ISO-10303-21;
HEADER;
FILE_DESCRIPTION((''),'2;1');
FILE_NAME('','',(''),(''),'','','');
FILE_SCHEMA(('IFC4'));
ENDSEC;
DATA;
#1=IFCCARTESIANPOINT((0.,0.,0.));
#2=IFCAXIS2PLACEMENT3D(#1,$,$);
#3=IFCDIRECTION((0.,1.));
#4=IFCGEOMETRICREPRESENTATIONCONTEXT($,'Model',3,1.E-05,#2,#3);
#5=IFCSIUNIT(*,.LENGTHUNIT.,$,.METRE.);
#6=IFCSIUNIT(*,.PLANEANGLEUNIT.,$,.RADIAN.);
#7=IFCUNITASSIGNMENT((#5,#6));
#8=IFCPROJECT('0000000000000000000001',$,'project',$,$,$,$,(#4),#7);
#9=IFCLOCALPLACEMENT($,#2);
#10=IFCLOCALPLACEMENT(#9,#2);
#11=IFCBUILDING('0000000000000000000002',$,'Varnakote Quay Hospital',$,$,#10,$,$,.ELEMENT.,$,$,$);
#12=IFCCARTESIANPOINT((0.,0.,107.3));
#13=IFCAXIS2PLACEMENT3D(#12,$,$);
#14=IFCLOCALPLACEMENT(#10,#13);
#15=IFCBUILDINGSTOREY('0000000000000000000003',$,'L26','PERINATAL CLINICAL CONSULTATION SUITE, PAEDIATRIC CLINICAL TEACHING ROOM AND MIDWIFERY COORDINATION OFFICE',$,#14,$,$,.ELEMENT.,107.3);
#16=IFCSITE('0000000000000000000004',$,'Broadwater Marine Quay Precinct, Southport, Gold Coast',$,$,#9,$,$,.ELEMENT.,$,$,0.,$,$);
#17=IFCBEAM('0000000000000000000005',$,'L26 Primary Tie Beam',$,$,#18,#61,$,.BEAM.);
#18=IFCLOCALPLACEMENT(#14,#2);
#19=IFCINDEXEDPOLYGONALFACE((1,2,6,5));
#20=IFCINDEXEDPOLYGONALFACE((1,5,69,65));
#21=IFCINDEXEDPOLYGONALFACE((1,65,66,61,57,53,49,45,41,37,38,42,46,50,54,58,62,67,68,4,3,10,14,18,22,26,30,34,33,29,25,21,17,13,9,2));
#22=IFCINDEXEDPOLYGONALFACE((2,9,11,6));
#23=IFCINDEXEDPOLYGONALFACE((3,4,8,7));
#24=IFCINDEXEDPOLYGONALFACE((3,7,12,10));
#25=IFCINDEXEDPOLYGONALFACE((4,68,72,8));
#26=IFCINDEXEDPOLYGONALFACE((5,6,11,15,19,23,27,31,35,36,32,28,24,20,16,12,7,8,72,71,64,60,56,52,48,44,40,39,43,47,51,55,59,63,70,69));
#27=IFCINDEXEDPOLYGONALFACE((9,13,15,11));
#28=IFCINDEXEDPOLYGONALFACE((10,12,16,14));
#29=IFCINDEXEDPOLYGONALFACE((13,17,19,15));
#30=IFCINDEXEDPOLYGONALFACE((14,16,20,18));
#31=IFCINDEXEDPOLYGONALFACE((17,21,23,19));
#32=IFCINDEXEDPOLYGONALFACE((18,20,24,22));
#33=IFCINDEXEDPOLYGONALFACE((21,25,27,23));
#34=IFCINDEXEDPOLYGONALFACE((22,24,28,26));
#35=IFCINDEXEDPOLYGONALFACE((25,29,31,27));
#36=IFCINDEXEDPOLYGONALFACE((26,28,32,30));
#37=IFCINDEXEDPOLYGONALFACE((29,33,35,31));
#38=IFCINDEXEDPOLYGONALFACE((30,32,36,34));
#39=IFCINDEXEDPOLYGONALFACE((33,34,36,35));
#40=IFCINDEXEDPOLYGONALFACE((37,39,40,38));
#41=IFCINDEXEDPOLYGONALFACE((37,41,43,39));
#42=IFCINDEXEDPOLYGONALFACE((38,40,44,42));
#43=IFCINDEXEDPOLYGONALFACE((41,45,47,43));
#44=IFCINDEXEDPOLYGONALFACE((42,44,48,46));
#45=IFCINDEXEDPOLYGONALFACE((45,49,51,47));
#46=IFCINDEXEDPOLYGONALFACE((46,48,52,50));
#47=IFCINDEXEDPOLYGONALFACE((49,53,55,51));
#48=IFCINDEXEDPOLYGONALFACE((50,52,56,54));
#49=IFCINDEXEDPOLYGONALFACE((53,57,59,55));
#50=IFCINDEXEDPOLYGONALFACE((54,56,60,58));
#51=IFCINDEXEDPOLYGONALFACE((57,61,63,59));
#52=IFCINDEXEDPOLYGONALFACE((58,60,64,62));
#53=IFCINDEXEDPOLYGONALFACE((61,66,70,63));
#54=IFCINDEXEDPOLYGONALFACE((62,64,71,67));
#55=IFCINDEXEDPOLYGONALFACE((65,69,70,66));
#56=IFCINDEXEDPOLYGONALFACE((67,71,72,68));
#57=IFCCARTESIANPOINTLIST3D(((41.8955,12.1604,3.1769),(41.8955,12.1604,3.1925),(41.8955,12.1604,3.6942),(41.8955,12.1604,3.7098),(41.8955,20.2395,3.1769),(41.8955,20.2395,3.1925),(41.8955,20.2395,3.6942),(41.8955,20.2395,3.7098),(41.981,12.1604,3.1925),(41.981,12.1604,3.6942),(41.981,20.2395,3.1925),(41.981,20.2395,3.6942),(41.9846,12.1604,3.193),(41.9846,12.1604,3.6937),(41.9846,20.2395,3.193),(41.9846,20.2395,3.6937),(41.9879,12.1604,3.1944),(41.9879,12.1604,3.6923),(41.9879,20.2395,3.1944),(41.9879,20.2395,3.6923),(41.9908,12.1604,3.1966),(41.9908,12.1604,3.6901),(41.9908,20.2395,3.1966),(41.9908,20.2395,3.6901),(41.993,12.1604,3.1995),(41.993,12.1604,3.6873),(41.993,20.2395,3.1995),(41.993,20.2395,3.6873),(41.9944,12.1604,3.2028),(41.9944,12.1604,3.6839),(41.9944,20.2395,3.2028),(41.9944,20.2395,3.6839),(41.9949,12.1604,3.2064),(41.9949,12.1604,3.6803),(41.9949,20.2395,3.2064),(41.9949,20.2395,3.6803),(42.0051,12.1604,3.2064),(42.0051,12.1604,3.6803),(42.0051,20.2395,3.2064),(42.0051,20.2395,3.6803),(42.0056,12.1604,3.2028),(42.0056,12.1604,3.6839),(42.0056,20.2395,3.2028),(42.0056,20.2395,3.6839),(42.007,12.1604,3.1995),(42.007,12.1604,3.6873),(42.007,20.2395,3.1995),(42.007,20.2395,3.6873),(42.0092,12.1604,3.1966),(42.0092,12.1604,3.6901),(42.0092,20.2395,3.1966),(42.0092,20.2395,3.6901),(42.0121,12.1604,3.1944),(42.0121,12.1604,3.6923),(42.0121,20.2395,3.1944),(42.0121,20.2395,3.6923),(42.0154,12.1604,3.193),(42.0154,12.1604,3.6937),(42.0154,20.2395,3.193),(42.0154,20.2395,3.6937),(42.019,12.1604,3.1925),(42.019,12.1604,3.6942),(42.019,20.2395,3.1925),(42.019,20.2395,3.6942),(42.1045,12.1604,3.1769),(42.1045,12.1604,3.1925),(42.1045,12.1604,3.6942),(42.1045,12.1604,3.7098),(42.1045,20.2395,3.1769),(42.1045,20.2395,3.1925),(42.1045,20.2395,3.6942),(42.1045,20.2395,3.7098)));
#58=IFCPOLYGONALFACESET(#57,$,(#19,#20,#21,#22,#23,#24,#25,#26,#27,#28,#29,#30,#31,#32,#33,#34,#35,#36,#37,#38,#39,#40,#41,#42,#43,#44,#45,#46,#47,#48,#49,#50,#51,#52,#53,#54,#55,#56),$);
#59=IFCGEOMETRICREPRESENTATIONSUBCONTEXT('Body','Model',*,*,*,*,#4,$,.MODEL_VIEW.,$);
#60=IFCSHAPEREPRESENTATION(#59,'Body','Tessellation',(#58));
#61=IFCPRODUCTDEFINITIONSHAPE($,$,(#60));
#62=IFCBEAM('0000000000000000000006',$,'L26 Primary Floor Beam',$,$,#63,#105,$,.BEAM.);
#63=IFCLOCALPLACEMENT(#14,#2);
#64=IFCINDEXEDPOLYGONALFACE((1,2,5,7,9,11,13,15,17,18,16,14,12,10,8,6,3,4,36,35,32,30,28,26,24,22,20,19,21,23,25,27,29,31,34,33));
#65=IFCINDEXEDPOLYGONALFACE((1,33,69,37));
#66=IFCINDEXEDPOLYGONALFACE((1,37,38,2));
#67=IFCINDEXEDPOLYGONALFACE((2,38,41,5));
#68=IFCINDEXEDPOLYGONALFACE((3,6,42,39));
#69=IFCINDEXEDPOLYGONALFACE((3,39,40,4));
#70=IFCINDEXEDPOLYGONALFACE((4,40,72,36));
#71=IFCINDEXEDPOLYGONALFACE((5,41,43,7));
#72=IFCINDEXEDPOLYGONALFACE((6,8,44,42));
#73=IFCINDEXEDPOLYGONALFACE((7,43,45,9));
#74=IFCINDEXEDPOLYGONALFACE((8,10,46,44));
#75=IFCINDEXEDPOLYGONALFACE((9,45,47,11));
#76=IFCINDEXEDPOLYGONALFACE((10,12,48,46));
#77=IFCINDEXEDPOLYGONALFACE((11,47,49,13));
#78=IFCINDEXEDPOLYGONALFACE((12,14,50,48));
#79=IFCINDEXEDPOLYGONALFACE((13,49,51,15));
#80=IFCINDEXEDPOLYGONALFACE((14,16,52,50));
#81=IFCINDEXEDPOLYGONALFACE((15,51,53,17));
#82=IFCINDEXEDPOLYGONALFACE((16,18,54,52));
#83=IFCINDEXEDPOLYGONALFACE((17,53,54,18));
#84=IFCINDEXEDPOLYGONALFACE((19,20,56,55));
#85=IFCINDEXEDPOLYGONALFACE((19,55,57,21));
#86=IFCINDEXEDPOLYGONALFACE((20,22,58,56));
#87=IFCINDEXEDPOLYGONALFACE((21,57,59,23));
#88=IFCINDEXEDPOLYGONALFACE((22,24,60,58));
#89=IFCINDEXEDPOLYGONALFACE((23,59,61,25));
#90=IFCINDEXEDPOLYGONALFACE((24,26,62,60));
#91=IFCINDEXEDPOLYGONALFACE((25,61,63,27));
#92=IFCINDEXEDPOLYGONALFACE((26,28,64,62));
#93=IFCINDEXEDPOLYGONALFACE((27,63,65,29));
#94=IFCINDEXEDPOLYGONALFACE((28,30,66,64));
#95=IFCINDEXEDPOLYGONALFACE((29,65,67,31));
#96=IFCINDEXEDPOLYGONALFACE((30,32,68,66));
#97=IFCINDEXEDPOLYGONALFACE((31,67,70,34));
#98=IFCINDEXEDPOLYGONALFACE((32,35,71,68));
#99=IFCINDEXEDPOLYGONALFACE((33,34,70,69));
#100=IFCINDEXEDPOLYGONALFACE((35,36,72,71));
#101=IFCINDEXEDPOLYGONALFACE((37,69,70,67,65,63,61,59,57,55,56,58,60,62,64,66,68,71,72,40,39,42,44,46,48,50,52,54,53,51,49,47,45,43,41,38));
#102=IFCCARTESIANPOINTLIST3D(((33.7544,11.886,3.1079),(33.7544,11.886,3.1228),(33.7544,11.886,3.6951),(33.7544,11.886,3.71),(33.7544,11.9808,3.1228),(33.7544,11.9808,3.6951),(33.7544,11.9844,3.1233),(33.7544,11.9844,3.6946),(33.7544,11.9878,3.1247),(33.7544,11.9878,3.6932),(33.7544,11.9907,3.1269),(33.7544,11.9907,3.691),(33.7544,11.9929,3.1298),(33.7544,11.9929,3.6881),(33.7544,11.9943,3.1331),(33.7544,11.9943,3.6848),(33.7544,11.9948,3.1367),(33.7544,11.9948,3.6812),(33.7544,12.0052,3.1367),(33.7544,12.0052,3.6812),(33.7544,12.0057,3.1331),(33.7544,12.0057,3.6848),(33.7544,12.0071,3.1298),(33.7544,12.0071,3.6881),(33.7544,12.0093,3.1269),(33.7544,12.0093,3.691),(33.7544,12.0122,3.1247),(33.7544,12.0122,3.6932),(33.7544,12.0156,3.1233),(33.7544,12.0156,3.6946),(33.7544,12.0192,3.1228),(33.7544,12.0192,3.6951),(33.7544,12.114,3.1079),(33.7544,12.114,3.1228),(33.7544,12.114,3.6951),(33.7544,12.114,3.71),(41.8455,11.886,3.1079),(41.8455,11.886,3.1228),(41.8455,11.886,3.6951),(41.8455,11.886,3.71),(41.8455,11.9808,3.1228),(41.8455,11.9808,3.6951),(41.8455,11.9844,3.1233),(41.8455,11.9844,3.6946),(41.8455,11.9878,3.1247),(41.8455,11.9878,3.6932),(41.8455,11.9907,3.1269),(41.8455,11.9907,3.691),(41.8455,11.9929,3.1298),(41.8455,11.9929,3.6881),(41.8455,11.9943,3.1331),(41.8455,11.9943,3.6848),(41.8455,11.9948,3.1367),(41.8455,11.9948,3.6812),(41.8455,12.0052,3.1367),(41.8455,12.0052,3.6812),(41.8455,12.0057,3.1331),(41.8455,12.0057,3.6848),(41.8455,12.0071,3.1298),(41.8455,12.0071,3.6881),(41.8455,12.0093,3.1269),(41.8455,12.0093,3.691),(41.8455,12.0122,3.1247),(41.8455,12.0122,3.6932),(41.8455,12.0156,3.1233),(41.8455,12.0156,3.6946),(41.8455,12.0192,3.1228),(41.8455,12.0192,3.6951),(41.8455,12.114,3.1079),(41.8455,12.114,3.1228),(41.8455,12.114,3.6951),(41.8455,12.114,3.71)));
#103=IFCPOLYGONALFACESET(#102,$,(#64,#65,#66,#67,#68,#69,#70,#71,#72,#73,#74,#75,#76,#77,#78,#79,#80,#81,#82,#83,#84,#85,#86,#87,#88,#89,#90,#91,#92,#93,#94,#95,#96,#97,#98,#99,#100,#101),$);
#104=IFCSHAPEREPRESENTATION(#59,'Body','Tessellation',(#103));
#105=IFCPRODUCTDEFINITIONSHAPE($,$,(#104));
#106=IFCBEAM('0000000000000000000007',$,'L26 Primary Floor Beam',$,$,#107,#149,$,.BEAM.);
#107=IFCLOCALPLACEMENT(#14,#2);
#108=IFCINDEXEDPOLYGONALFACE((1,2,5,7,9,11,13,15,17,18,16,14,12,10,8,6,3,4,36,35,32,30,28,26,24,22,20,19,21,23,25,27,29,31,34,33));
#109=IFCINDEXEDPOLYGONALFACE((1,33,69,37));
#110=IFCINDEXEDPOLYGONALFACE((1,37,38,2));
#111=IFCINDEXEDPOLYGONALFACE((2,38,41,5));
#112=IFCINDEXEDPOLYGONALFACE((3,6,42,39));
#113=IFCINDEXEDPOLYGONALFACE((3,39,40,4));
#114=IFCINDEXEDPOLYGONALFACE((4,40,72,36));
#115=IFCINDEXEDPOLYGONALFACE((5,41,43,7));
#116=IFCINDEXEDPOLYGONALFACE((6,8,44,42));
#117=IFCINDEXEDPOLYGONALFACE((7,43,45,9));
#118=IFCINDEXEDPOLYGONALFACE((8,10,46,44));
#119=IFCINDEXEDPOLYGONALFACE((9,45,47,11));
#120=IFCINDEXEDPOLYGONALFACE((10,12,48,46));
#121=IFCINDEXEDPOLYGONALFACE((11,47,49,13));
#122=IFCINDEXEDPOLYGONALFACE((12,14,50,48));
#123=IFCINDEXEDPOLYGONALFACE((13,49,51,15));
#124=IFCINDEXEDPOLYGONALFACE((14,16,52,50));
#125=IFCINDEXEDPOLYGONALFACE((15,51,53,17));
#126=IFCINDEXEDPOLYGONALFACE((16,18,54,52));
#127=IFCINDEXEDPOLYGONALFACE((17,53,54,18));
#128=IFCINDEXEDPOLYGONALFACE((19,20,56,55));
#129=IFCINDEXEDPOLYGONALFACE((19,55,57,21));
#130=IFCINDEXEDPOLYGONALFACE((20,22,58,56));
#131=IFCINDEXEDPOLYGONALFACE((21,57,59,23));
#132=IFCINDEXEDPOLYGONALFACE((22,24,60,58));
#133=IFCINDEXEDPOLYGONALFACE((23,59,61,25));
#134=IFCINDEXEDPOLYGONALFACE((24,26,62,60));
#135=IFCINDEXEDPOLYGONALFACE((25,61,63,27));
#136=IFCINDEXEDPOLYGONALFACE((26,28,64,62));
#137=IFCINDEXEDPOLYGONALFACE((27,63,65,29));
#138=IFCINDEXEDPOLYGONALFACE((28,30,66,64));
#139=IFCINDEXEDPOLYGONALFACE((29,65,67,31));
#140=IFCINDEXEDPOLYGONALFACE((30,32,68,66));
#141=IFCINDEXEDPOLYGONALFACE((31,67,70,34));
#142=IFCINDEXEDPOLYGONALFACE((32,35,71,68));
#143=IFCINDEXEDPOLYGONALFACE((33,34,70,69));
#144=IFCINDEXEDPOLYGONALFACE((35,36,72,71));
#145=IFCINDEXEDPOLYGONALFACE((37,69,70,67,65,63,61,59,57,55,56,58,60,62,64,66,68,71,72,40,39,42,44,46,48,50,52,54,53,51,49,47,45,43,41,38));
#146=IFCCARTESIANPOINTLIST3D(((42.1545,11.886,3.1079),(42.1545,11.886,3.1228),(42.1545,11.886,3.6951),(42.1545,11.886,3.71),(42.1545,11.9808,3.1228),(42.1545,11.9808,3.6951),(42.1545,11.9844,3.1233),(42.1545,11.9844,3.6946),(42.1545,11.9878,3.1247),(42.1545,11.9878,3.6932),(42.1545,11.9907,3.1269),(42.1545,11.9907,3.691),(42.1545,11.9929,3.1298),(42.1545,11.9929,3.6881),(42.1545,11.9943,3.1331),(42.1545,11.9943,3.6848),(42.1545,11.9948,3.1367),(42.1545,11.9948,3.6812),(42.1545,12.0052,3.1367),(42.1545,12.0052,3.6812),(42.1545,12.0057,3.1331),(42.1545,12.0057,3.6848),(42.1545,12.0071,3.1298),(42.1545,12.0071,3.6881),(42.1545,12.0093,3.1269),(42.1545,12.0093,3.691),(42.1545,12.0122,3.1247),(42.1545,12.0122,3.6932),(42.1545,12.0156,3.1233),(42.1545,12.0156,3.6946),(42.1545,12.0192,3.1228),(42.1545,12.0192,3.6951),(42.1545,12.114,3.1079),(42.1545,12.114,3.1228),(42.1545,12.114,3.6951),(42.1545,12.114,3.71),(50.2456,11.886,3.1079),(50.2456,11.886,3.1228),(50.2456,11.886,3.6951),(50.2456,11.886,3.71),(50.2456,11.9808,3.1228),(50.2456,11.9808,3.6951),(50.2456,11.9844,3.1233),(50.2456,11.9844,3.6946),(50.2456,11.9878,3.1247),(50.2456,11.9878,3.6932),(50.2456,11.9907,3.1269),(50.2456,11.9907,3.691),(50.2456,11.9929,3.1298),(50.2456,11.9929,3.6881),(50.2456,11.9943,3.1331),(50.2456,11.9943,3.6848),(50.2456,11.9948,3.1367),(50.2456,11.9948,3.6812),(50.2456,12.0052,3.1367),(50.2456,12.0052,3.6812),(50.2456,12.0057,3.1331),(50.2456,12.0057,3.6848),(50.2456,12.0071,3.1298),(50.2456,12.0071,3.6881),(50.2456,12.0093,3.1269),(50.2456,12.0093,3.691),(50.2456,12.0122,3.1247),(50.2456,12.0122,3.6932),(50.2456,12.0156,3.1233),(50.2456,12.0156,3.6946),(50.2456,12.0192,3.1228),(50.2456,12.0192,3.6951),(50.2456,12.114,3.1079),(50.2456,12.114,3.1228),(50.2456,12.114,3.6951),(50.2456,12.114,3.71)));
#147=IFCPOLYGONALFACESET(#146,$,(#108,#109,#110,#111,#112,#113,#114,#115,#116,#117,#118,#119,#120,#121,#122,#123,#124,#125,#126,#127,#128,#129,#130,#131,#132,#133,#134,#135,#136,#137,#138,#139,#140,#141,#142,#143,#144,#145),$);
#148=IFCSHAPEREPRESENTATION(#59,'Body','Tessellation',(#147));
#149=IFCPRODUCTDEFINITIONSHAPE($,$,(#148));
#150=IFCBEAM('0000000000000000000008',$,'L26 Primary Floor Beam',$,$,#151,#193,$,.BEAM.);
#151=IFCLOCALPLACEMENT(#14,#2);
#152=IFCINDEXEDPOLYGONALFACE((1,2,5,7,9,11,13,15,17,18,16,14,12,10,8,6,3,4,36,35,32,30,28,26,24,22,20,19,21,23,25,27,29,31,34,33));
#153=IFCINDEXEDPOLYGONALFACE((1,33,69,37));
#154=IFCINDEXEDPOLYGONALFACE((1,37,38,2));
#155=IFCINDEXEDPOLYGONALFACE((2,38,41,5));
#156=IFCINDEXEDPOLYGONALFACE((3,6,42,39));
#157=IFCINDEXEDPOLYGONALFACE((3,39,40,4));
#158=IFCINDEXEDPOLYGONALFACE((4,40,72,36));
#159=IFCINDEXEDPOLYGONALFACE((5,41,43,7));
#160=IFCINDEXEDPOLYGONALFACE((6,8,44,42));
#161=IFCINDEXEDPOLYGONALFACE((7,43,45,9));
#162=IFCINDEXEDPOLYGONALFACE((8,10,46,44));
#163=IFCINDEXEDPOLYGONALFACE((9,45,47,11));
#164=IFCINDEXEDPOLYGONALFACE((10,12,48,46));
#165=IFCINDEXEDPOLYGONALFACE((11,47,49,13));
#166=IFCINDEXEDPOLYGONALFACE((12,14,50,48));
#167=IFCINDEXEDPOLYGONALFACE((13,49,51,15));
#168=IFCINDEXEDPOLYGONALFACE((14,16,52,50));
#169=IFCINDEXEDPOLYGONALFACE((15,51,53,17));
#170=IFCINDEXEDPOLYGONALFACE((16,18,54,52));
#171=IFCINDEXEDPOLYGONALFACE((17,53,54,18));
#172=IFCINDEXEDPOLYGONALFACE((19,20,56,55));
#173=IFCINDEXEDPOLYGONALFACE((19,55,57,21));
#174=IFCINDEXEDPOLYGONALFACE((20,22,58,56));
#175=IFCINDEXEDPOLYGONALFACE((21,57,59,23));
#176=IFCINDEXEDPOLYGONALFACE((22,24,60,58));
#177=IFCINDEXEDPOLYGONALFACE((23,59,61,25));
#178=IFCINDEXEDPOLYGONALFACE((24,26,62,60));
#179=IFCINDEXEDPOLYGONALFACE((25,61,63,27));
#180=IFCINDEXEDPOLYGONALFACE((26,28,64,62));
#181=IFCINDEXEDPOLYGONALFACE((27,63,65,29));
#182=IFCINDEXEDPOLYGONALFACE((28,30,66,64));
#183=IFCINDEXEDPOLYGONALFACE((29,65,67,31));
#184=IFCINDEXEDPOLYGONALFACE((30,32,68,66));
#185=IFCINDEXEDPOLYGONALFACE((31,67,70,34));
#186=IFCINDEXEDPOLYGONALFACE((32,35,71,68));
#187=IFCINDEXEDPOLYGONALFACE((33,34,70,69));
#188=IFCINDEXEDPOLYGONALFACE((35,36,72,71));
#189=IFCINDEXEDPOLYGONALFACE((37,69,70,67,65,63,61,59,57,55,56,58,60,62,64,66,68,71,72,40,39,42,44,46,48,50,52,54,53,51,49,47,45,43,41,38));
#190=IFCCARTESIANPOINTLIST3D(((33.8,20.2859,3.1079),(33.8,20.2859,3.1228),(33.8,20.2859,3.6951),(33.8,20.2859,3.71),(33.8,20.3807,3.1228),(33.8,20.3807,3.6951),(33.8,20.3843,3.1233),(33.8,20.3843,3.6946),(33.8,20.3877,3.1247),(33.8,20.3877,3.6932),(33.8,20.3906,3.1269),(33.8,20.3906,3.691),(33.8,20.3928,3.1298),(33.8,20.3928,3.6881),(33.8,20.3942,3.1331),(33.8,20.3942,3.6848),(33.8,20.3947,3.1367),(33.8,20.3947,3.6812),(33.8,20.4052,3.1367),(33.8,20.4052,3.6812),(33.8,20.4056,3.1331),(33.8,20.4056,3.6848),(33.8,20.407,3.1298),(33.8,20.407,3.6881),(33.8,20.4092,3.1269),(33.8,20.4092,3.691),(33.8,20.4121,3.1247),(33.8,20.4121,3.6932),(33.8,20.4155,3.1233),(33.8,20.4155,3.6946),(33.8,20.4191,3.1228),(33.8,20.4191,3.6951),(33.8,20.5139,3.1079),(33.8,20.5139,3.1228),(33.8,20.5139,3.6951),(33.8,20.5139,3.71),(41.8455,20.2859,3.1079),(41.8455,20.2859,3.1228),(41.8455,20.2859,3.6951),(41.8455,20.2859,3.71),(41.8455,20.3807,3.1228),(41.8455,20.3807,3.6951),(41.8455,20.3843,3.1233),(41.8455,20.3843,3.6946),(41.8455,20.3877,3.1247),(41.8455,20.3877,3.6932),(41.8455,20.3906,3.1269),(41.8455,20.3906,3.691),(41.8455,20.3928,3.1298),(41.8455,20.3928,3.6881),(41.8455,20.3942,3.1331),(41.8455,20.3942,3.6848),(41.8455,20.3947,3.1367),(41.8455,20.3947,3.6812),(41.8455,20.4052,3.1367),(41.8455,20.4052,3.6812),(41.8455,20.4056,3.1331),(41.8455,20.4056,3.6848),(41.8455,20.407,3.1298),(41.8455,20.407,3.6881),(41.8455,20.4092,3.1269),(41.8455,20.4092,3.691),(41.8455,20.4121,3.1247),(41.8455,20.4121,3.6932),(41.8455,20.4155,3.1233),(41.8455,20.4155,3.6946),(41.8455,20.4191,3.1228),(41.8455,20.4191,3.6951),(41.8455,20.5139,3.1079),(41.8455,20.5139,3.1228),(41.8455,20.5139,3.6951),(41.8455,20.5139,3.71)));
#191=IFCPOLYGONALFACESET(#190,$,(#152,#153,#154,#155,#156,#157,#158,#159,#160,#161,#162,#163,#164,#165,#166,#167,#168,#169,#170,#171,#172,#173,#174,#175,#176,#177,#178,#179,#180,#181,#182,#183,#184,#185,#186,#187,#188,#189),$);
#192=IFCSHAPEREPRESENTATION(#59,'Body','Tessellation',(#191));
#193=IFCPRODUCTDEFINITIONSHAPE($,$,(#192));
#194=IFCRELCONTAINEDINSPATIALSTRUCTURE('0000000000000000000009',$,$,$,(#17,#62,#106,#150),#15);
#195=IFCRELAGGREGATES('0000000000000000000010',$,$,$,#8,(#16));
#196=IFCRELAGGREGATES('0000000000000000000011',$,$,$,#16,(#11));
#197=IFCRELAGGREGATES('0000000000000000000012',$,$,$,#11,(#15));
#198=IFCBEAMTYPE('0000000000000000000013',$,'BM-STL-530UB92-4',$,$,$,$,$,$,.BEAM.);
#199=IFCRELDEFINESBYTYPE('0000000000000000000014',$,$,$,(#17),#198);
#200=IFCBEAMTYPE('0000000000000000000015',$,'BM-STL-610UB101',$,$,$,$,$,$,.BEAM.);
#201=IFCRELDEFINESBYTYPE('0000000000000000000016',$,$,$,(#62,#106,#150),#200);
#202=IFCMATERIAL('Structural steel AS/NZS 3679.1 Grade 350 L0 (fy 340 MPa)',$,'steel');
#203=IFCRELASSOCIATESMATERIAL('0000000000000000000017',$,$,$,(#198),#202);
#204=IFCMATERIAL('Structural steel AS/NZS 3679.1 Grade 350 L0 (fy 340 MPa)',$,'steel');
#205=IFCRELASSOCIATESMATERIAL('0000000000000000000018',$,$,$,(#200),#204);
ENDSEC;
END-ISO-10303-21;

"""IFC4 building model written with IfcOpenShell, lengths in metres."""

from ifc_helpers import new_model, si_unit, direction, frame, origin, origin_2d, place, context, subcontext, project, spatial, i_section, extrude, material, material_profile, profile_set, type_object, element, save


model = new_model("IFC4")

# Units and contexts
model_context = context("Model", 3, precision=1e-05, world=origin(), true_north=direction((0.0, 1.0)))
body_context = subcontext(model_context, "Body", "Model", "MODEL_VIEW")
ifc_project = project(units=[si_unit("LENGTHUNIT", "METRE"), si_unit("PLANEANGLEUNIT", "RADIAN")], contexts=[model_context])

# Site, building, storey
site_placement = place(None, origin())
site = spatial("IfcSite", under=ifc_project, at=site_placement, Name="Broadwater Marine Quay Precinct, Southport, Gold Coast", CompositionType="ELEMENT", RefElevation=0.0)
building_placement = place(site_placement, origin())
building = spatial("IfcBuilding", under=site, at=building_placement, Name="Varnakote Quay Hospital", CompositionType="ELEMENT")
storey_placement = place(building_placement, frame((0.0, 0.0, 107.3)))
storey = spatial("IfcBuildingStorey", under=building, at=storey_placement, Name="L26", Description="PERINATAL CLINICAL CONSULTATION SUITE, PAEDIATRIC CLINICAL TEACHING ROOM AND MIDWIFERY COORDINATION OFFICE", CompositionType="ELEMENT", Elevation=107.3)

# Beams
ifc_material_1 = material(Name="Structural steel AS/NZS 3679.1 Grade 350 L0 (fy 340 MPa)", Category="steel")
ifc_material_profile_1 = material_profile(ifc_material_1, i_section(OverallWidth=0.209, OverallDepth=0.533, WebThickness=0.0103, FlangeThickness=0.0156, FilletRadius=0.0139, at=origin_2d()), Name="530UB92.4")
ifc_profile_set_1 = profile_set([ifc_material_profile_1], Name="Structural steel AS/NZS 3679.1 Grade 350 L0 (fy 340 MPa)")
beam_type_1 = type_object("IfcBeamType", Name="BM-STL-530UB92-4", PredefinedType="BEAM", material=ifc_profile_set_1)
beam_1_placement = place(storey_placement, frame((42.0, 12.1604, 3.4434), z_axis=(0.0, 1.0, 0.0), x_axis=(-1.0, 0.0, 0.0)))
element("IfcBeam", 1, at=beam_1_placement, inside=storey, type_object=beam_type_1, Name="L26 Primary Tie Beam", PredefinedType="BEAM", context=body_context, shape_type="SweptSolid", body=[
    extrude(i_section(OverallWidth=0.209, OverallDepth=0.533, WebThickness=0.0103, FlangeThickness=0.0156, FilletRadius=0.0139, at=origin_2d()), origin(), (0.0, 0.0, 1.0), 8.0791),
])
ifc_material_2 = material(Name="Structural steel AS/NZS 3679.1 Grade 350 L0 (fy 340 MPa)", Category="steel")
ifc_material_profile_2 = material_profile(ifc_material_2, i_section(OverallWidth=0.228, OverallDepth=0.6021, WebThickness=0.0105, FlangeThickness=0.0149, FilletRadius=0.0139, at=origin_2d()), Name="610UB101")
ifc_profile_set_2 = profile_set([ifc_material_profile_2], Name="Structural steel AS/NZS 3679.1 Grade 350 L0 (fy 340 MPa)")
beam_type_2 = type_object("IfcBeamType", Name="BM-STL-610UB101", PredefinedType="BEAM", material=ifc_profile_set_2)
for number, where, z_axis, x_axis, name in (
    (2, (33.7544, 12.0, 3.4089), (1.0, 0.0, 0.0), (0.0, 1.0, 0.0), "L26 Primary Floor Beam"),
    (3, (42.1545, 12.0, 3.4089), (1.0, 0.0, 0.0), (0.0, 1.0, 0.0), "L26 Primary Floor Beam"),
):
    element("IfcBeam", number, at=place(storey_placement, frame(where, z_axis=z_axis, x_axis=x_axis)), inside=storey, type_object=beam_type_2, Name=name, PredefinedType="BEAM", context=body_context, shape_type="SweptSolid", body=[
        extrude(i_section(OverallWidth=0.228, OverallDepth=0.6021, WebThickness=0.0105, FlangeThickness=0.0149, FilletRadius=0.0139, at=origin_2d()), origin(), (0.0, 0.0, 1.0), 8.0911),
    ])
beam_2_placement = place(storey_placement, frame((33.8, 20.3999, 3.4089), z_axis=(1.0, 0.0, 0.0), x_axis=(0.0, 1.0, 0.0)))
element("IfcBeam", 4, at=beam_2_placement, inside=storey, type_object=beam_type_2, Name="L26 Primary Floor Beam", PredefinedType="BEAM", context=body_context, shape_type="SweptSolid", body=[
    extrude(i_section(OverallWidth=0.228, OverallDepth=0.6021, WebThickness=0.0105, FlangeThickness=0.0149, FilletRadius=0.0139, at=origin_2d()), origin(), (0.0, 0.0, 1.0), 8.0454),
])

save(model, "model.ifc")
